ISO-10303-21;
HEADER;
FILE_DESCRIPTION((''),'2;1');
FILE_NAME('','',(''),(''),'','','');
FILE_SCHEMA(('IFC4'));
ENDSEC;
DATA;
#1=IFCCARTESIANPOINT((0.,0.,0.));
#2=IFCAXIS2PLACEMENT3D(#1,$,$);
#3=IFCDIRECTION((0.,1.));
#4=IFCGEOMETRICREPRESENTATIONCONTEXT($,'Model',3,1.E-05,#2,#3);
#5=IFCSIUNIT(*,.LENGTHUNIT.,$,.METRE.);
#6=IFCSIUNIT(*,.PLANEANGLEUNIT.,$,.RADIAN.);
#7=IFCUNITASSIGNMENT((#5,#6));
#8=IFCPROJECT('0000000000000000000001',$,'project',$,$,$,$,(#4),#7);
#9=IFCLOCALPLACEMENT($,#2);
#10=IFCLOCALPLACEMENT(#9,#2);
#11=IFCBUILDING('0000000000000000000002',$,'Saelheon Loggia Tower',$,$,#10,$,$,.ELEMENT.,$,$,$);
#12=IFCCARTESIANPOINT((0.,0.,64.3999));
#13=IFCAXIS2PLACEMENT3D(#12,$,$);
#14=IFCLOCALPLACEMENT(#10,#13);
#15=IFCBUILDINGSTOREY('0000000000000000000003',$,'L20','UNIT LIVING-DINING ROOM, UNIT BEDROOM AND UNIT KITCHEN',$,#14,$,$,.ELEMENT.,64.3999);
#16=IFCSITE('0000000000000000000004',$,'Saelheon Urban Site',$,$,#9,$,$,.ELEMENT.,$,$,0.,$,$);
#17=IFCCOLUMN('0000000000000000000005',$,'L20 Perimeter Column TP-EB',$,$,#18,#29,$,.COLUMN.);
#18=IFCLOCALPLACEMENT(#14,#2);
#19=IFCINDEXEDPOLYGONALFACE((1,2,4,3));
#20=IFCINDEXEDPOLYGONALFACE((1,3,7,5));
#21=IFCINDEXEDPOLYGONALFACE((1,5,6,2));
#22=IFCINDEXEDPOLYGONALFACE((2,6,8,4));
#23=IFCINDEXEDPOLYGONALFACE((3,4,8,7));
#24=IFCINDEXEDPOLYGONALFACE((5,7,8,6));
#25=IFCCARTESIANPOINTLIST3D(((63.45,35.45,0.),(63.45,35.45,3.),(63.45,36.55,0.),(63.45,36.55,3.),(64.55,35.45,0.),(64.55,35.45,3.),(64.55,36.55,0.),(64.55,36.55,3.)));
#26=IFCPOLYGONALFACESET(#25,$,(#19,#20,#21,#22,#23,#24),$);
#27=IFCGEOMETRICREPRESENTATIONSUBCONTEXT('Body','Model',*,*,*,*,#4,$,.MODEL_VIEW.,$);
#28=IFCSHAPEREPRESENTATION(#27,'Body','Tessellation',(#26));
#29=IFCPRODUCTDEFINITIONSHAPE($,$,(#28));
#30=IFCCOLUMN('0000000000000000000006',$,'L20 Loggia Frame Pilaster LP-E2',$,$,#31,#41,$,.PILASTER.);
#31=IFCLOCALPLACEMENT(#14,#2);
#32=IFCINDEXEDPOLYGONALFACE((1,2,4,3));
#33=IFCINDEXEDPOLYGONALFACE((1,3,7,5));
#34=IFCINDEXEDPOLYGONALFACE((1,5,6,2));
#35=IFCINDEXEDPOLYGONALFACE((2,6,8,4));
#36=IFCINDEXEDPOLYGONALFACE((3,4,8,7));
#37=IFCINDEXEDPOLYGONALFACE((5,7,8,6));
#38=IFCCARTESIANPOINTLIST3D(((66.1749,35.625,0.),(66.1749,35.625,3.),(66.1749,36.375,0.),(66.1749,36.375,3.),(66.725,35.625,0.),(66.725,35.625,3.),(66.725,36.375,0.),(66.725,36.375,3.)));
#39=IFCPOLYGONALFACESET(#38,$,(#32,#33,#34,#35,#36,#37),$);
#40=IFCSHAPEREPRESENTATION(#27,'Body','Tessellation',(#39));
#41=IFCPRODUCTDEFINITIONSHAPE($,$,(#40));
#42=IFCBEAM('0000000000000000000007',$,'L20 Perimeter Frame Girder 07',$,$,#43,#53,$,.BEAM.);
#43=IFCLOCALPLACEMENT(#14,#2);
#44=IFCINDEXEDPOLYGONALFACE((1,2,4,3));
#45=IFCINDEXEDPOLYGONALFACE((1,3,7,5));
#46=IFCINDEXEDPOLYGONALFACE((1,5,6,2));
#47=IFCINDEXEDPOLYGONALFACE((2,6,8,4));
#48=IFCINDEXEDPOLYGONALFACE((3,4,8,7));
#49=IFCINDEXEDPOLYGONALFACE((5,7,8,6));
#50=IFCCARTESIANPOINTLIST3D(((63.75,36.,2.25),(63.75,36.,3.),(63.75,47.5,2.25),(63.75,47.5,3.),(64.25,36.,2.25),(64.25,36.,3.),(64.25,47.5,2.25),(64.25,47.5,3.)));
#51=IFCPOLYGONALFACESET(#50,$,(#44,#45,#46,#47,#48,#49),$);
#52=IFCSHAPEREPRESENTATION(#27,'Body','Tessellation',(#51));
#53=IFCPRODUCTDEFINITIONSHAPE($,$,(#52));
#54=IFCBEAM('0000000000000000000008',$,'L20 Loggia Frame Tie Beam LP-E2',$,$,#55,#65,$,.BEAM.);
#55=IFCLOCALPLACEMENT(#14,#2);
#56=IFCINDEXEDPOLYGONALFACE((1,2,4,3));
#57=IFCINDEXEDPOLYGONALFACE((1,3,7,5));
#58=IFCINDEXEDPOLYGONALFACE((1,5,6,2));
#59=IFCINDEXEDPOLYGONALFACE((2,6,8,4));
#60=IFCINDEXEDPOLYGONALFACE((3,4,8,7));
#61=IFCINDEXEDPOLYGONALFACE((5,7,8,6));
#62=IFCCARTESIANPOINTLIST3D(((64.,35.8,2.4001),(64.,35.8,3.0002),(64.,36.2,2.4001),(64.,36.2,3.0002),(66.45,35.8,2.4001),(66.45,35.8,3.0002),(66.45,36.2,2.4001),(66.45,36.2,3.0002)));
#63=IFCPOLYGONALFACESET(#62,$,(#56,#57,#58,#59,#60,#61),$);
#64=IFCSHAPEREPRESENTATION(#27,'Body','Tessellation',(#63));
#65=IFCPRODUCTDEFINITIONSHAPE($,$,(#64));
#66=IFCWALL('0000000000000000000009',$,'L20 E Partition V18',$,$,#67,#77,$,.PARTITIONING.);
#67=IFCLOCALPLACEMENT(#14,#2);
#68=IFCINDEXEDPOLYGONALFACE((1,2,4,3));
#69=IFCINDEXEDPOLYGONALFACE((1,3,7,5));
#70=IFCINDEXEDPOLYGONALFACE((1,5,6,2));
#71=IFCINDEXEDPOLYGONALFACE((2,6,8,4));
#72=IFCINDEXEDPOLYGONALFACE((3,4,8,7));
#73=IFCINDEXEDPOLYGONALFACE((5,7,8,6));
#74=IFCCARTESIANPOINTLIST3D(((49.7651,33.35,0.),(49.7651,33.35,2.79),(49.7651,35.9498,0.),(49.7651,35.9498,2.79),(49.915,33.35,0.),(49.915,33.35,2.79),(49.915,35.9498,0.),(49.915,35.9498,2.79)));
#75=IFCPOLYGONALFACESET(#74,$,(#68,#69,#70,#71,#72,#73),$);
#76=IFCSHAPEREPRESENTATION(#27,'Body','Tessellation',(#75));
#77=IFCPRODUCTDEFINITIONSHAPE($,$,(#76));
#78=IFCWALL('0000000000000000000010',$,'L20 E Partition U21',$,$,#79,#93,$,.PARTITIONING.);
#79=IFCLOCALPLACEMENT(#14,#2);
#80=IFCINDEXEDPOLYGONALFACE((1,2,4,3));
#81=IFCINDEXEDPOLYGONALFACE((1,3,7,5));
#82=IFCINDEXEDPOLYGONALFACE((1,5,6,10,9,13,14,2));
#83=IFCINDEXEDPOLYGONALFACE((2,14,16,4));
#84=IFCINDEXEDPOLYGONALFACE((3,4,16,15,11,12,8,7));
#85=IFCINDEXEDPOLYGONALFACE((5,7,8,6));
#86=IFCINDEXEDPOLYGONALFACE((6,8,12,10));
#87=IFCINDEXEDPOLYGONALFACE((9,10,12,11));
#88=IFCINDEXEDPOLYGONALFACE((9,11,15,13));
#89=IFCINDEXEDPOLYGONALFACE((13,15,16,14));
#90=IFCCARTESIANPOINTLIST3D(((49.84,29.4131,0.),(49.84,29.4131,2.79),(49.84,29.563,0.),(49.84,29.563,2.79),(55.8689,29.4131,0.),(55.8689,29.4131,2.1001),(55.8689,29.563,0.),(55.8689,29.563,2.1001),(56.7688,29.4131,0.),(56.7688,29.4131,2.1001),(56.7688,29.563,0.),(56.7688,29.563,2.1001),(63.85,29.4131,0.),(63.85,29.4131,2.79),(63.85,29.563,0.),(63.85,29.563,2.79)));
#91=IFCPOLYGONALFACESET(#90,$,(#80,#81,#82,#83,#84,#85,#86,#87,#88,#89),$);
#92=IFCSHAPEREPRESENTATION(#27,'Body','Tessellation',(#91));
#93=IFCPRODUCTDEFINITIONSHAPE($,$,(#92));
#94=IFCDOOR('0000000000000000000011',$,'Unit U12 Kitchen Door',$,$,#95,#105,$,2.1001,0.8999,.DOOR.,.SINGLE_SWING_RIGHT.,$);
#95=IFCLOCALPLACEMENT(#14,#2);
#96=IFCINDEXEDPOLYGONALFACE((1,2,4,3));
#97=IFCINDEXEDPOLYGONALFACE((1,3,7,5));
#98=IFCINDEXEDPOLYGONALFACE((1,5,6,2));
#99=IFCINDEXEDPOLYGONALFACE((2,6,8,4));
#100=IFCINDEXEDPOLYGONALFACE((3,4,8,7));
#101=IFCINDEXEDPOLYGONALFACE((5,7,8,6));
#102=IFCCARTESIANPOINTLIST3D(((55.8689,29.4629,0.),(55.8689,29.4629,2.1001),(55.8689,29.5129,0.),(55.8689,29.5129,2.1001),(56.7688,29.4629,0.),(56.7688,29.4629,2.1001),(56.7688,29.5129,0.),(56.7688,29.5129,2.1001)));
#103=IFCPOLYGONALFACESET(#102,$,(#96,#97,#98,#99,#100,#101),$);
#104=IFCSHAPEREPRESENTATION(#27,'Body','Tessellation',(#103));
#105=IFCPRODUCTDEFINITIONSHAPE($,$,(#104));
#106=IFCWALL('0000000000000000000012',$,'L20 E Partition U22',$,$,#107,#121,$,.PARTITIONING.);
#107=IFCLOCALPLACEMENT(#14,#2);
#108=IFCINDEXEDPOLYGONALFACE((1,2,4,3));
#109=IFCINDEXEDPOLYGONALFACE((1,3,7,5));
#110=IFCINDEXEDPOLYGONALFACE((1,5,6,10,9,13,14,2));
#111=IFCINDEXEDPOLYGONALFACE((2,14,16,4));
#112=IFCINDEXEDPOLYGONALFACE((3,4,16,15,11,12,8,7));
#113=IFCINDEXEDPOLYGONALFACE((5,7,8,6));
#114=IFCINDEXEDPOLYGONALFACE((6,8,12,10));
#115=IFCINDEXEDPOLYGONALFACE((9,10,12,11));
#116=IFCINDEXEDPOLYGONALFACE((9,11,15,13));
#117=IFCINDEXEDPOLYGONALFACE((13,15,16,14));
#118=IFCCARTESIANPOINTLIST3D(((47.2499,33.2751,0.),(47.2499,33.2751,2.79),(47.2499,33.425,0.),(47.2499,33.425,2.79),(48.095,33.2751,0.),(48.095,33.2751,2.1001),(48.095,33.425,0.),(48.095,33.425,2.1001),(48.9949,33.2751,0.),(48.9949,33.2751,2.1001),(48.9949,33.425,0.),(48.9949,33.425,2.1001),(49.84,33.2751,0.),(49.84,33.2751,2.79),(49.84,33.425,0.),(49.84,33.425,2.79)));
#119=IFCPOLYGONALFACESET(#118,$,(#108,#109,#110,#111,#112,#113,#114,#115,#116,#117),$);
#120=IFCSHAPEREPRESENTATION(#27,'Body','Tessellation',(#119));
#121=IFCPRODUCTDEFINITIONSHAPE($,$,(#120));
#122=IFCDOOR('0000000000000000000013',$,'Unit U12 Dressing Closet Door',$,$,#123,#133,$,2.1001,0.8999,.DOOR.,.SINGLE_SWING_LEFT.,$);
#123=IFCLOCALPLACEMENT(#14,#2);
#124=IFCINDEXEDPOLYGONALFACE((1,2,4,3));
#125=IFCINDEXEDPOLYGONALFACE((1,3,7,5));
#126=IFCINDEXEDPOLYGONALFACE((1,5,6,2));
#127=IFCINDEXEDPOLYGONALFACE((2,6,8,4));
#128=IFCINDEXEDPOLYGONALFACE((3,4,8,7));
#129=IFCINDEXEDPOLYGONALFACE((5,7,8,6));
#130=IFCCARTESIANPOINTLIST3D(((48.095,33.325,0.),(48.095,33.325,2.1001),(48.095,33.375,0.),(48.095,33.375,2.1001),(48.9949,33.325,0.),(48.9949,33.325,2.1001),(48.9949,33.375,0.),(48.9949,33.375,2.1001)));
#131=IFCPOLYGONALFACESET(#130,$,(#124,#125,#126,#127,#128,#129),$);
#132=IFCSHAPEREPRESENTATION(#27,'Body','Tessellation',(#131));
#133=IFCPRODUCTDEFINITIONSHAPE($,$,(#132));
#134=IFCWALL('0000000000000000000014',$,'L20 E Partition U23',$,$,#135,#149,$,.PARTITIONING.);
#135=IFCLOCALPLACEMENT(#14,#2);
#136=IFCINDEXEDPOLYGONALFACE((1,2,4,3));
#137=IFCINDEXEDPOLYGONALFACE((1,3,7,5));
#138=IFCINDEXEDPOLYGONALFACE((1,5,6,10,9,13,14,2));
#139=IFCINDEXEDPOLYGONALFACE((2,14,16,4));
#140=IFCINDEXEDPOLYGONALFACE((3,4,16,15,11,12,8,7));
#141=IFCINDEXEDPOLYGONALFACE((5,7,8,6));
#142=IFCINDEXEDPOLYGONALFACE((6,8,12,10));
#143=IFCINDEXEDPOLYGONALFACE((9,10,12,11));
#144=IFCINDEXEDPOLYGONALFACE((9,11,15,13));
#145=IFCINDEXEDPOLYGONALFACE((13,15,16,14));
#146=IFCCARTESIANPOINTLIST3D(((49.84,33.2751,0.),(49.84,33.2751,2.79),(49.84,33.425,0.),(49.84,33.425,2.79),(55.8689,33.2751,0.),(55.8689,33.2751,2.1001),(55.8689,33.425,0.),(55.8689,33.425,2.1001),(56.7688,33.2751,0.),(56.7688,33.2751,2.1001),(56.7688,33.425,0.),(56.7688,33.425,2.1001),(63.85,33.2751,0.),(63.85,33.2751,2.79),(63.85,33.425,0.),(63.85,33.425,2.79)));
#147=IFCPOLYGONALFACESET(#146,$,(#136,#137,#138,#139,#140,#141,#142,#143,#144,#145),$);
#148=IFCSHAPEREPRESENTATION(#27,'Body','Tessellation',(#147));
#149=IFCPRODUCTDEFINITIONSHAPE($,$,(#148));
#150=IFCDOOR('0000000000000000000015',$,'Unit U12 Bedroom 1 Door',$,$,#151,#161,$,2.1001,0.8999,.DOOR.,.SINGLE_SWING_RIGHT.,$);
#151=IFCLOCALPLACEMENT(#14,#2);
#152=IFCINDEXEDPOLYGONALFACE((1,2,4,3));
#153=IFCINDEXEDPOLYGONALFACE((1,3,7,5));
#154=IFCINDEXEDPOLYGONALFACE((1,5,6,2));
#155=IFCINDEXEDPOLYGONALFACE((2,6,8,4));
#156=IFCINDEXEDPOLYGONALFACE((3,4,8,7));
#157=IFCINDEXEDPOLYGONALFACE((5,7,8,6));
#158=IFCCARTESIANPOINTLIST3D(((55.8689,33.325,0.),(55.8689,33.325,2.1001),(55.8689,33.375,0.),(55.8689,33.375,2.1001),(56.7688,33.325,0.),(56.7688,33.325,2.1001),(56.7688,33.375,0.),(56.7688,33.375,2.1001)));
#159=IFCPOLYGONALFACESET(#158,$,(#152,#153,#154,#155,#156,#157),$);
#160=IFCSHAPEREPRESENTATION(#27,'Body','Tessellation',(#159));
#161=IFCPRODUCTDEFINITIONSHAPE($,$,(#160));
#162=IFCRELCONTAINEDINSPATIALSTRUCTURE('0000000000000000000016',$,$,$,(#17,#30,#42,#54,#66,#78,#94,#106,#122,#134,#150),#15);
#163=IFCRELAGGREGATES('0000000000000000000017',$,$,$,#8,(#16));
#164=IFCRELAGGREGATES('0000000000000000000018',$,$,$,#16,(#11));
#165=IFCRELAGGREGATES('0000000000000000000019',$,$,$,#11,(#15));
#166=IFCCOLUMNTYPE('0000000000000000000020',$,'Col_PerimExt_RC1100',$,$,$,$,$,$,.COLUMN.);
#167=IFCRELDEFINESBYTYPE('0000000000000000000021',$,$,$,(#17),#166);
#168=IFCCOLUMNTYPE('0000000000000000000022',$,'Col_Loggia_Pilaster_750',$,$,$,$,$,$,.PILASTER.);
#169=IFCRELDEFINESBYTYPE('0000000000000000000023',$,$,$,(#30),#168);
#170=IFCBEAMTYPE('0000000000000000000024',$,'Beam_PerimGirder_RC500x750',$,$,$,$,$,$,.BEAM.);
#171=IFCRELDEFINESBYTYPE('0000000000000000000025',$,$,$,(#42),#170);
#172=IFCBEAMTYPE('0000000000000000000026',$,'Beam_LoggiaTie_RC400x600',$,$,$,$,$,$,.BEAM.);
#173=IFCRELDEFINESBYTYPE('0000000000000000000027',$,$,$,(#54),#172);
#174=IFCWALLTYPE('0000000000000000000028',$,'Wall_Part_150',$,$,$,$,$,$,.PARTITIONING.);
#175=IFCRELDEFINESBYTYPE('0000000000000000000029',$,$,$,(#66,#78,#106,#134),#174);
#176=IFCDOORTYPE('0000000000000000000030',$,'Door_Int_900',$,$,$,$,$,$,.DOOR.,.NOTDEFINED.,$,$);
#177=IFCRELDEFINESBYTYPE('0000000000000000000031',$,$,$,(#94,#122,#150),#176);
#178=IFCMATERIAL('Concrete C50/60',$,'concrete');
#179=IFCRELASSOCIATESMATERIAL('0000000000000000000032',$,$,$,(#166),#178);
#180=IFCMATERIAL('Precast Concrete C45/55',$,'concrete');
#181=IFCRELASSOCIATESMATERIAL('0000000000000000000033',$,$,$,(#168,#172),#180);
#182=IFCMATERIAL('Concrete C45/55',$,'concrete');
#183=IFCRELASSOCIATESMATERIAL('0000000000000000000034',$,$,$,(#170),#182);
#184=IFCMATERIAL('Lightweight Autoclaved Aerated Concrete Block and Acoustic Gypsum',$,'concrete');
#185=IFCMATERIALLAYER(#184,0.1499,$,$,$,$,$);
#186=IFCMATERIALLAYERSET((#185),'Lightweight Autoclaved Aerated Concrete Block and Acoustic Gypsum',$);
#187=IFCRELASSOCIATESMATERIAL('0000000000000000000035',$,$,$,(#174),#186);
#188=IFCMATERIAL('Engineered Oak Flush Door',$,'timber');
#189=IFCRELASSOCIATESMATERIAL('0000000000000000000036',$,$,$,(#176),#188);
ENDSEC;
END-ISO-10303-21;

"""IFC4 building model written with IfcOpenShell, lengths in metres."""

from ifc_helpers import new_model, si_unit, direction, frame, frame_2d, origin, origin_2d, place, context, subcontext, project, spatial, rectangle, extrude, source, transform, mapped, material, layer, layer_set, material_profile, profile_set, type_object, element, fill, save


model = new_model("IFC4")

# Units and contexts
model_context = context("Model", 3, precision=1e-05, world=origin(), true_north=direction((0.0, 1.0)))
body_context = subcontext(model_context, "Body", "Model", "MODEL_VIEW")
ifc_project = project(units=[si_unit("LENGTHUNIT", "METRE"), si_unit("PLANEANGLEUNIT", "RADIAN")], contexts=[model_context])

# Site, building, storey
site_placement = place(None, origin())
site = spatial("IfcSite", under=ifc_project, at=site_placement, Name="Saelheon Urban Site", CompositionType="ELEMENT", RefElevation=0.0)
building_placement = place(site_placement, origin())
building = spatial("IfcBuilding", under=site, at=building_placement, Name="Saelheon Loggia Tower", CompositionType="ELEMENT")
storey_placement = place(building_placement, frame((0.0, 0.0, 64.3999)))
storey = spatial("IfcBuildingStorey", under=building, at=storey_placement, Name="L20", Description="UNIT LIVING-DINING ROOM, UNIT BEDROOM AND UNIT KITCHEN", CompositionType="ELEMENT", Elevation=64.3999)

# Columns
ifc_material_1 = material(Name="Concrete C50/60", Category="concrete")
ifc_material_profile_1 = material_profile(ifc_material_1, rectangle(XDim=1.1001, YDim=1.1001, at=origin_2d()), Name="RC-1100x1100")
ifc_profile_set_1 = profile_set([ifc_material_profile_1], Name="Concrete C50/60")
column_type_1 = type_object("IfcColumnType", Name="Col_PerimExt_RC1100", PredefinedType="COLUMN", material=ifc_profile_set_1)
shared_shape_1 = source(origin(), body_context, "Body", "SweptSolid", [
    extrude(rectangle(XDim=1.1001, YDim=1.1001, at=origin_2d()), origin(), (0.0, 0.0, 1.0), 3.0),
])
column_1_placement = place(storey_placement, frame((64.0, 36.0, 0.0), z_axis=(0.0, 0.0, 1.0), x_axis=(1.0, 0.0, 0.0)))
element("IfcColumn", 1, at=column_1_placement, inside=storey, type_object=column_type_1, Name="L20 Perimeter Column TP-EB", PredefinedType="COLUMN", context=body_context, shape_type="MappedRepresentation", body=[
    mapped(shared_shape_1, transform((0.0, 0.0, 0.0), scale=1.0)),
])
ifc_material_2 = material(Name="Precast Concrete C45/55", Category="concrete")
ifc_material_profile_2 = material_profile(ifc_material_2, rectangle(XDim=0.55, YDim=0.75, at=origin_2d()), Name="RC-550x750")
ifc_profile_set_2 = profile_set([ifc_material_profile_2], Name="Precast Concrete C45/55")
column_type_2 = type_object("IfcColumnType", Name="Col_Loggia_Pilaster_750", PredefinedType="PILASTER", material=ifc_profile_set_2)
shared_shape_2 = source(origin(), body_context, "Body", "SweptSolid", [
    extrude(rectangle(XDim=0.55, YDim=0.75, at=origin_2d()), origin(), (0.0, 0.0, 1.0), 3.0),
])
column_2_placement = place(storey_placement, frame((66.45, 36.0, 0.0), z_axis=(0.0, 0.0, 1.0), x_axis=(1.0, 0.0, 0.0)))
element("IfcColumn", 2, at=column_2_placement, inside=storey, type_object=column_type_2, Name="L20 Loggia Frame Pilaster LP-E2", PredefinedType="PILASTER", context=body_context, shape_type="MappedRepresentation", body=[
    mapped(shared_shape_2, transform((0.0, 0.0, 0.0), scale=1.0)),
])

# Beams
ifc_material_3 = material(Name="Concrete C45/55", Category="concrete")
ifc_material_profile_3 = material_profile(ifc_material_3, rectangle(XDim=0.5, YDim=0.75, at=origin_2d()), Name="RC-500x750")
ifc_profile_set_3 = profile_set([ifc_material_profile_3], Name="Concrete C45/55")
beam_type_1 = type_object("IfcBeamType", Name="Beam_PerimGirder_RC500x750", PredefinedType="BEAM", material=ifc_profile_set_3)
shared_shape_3 = source(origin(), body_context, "Body", "SweptSolid", [
    extrude(rectangle(XDim=0.5, YDim=0.75, at=origin_2d()), origin(), (0.0, 0.0, 1.0), 11.5),
])
beam_1_placement = place(storey_placement, frame((64.0, 36.0, 2.625), z_axis=(0.0, 1.0, 0.0), x_axis=(-1.0, 0.0, 0.0)))
element("IfcBeam", 3, at=beam_1_placement, inside=storey, type_object=beam_type_1, Name="L20 Perimeter Frame Girder 07", PredefinedType="BEAM", context=body_context, shape_type="MappedRepresentation", body=[
    mapped(shared_shape_3, transform((0.0, 0.0, 0.0), scale=1.0)),
])
ifc_material_profile_4 = material_profile(ifc_material_2, rectangle(XDim=0.3999, YDim=0.6001, at=origin_2d()), Name="RC-400x600")
ifc_profile_set_4 = profile_set([ifc_material_profile_4], Name="Precast Concrete C45/55")
beam_type_2 = type_object("IfcBeamType", Name="Beam_LoggiaTie_RC400x600", PredefinedType="BEAM", material=ifc_profile_set_4)
shared_shape_4 = source(origin(), body_context, "Body", "SweptSolid", [
    extrude(rectangle(XDim=0.3999, YDim=0.6001, at=origin_2d()), origin(), (0.0, 0.0, 1.0), 2.45),
])
beam_2_placement = place(storey_placement, frame((64.0, 36.0, 2.7002), z_axis=(1.0, 0.0, 0.0), x_axis=(0.0, 1.0, 0.0)))
element("IfcBeam", 4, at=beam_2_placement, inside=storey, type_object=beam_type_2, Name="L20 Loggia Frame Tie Beam LP-E2", PredefinedType="BEAM", context=body_context, shape_type="MappedRepresentation", body=[
    mapped(shared_shape_4, transform((0.0, 0.0, 0.0), scale=1.0)),
])

# Wall
ifc_material_4 = material(Name="Lightweight Autoclaved Aerated Concrete Block and Acoustic Gypsum", Category="concrete")
ifc_layer_1 = layer(ifc_material_4, 0.1499)
ifc_layer_set_1 = layer_set([ifc_layer_1], Name="Lightweight Autoclaved Aerated Concrete Block and Acoustic Gypsum")
wall_type_1 = type_object("IfcWallType", Name="Wall_Part_150", PredefinedType="PARTITIONING", material=ifc_layer_set_1)
wall_1_placement = place(storey_placement, frame((49.8401, 33.3501, 0.0), z_axis=(0.0, 0.0, 1.0), x_axis=(0.0, 1.0, 0.0)))
element("IfcWall", 5, at=wall_1_placement, inside=storey, type_object=wall_type_1, Name="L20 E Partition V18", PredefinedType="PARTITIONING", context=body_context, shape_type="SweptSolid", body=[
    extrude(rectangle(XDim=2.5999, YDim=0.1499, at=frame_2d((1.2998, 0.0))), origin(), (0.0, 0.0, 1.0), 2.79),
])

# Walls, openings, doors
wall_2_placement = place(storey_placement, frame((49.8401, 29.488, 0.0), z_axis=(0.0, 0.0, 1.0), x_axis=(1.0, 0.0, 0.0)))
wall_2 = element("IfcWall", 6, at=wall_2_placement, inside=storey, type_object=wall_type_1, Name="L20 E Partition U21", PredefinedType="PARTITIONING", context=body_context, shape_type="SweptSolid", body=[
    extrude(rectangle(XDim=14.01, YDim=0.1499, at=frame_2d((7.0049, 0.0))), origin(), (0.0, 0.0, 1.0), 2.79),
])
opening_1_placement = place(wall_2_placement, frame((6.0288, 0.0, 0.0)))
opening_1 = element("IfcOpeningElement", 7, at=opening_1_placement, cuts=wall_2, PredefinedType="OPENING", context=body_context, shape_type="SweptSolid", body=[
    extrude(rectangle(XDim=0.8999, YDim=2.1001, at=frame_2d((0.45, 1.05))), frame((0.0, 0.0869, 0.0), z_axis=(0.0, -1.0, 0.0), x_axis=(1.0, 0.0, 0.0)), (0.0, 0.0, 1.0), 0.1738),
])
ifc_material_5 = material(Name="Engineered Oak Flush Door", Category="timber")
door_type_1 = type_object("IfcDoorType", Name="Door_Int_900", OperationType="NOTDEFINED", PredefinedType="DOOR", material=ifc_material_5)
shared_shape_5 = source(origin(), body_context, "Body", "SweptSolid", [
    extrude(rectangle(XDim=0.8999, YDim=2.1001, at=frame_2d((0.45, 1.05))), frame((0.0, 0.0249, 0.0), z_axis=(0.0, -1.0, 0.0), x_axis=(1.0, 0.0, 0.0)), (0.0, 0.0, 1.0), 0.05),
])
door_1_placement = place(opening_1_placement, origin())
door_1 = element("IfcDoor", 8, at=door_1_placement, inside=storey, type_object=door_type_1, Name="Unit U12 Kitchen Door", OperationType="SINGLE_SWING_RIGHT", OverallHeight=2.1001, OverallWidth=0.8999, PredefinedType="DOOR", context=body_context, shape_type="MappedRepresentation", body=[
    mapped(shared_shape_5, transform((0.0, 0.0, 0.0), scale=1.0)),
])
fill(opening_1, door_1)
wall_3_placement = place(storey_placement, frame((47.25, 33.3501, 0.0), z_axis=(0.0, 0.0, 1.0), x_axis=(1.0, 0.0, 0.0)))
wall_3 = element("IfcWall", 9, at=wall_3_placement, inside=storey, type_object=wall_type_1, Name="L20 E Partition U22", PredefinedType="PARTITIONING", context=body_context, shape_type="SweptSolid", body=[
    extrude(rectangle(XDim=2.5901, YDim=0.1499, at=frame_2d((1.2949, 0.0))), origin(), (0.0, 0.0, 1.0), 2.79),
])
opening_2_placement = place(wall_3_placement, frame((0.845, 0.0, 0.0)))
opening_2 = element("IfcOpeningElement", 10, at=opening_2_placement, cuts=wall_3, PredefinedType="OPENING", context=body_context, shape_type="SweptSolid", body=[
    extrude(rectangle(XDim=0.8999, YDim=2.1001, at=frame_2d((0.45, 1.05))), frame((0.0, 0.0869, 0.0), z_axis=(0.0, -1.0, 0.0), x_axis=(1.0, 0.0, 0.0)), (0.0, 0.0, 1.0), 0.1738),
])
door_2_placement = place(opening_2_placement, origin())
door_2 = element("IfcDoor", 11, at=door_2_placement, inside=storey, type_object=door_type_1, Name="Unit U12 Dressing Closet Door", OperationType="SINGLE_SWING_LEFT", OverallHeight=2.1001, OverallWidth=0.8999, PredefinedType="DOOR", context=body_context, shape_type="MappedRepresentation", body=[
    mapped(shared_shape_5, transform((0.0, 0.0, 0.0), scale=1.0)),
])
fill(opening_2, door_2)
wall_4_placement = place(storey_placement, frame((49.8401, 33.3501, 0.0), z_axis=(0.0, 0.0, 1.0), x_axis=(1.0, 0.0, 0.0)))
wall_4 = element("IfcWall", 12, at=wall_4_placement, inside=storey, type_object=wall_type_1, Name="L20 E Partition U23", PredefinedType="PARTITIONING", context=body_context, shape_type="SweptSolid", body=[
    extrude(rectangle(XDim=14.01, YDim=0.1499, at=frame_2d((7.0049, 0.0))), origin(), (0.0, 0.0, 1.0), 2.79),
])
opening_3_placement = place(wall_4_placement, frame((6.0288, 0.0, 0.0)))
opening_3 = element("IfcOpeningElement", 13, at=opening_3_placement, cuts=wall_4, PredefinedType="OPENING", context=body_context, shape_type="SweptSolid", body=[
    extrude(rectangle(XDim=0.8999, YDim=2.1001, at=frame_2d((0.45, 1.05))), frame((0.0, 0.0869, 0.0), z_axis=(0.0, -1.0, 0.0), x_axis=(1.0, 0.0, 0.0)), (0.0, 0.0, 1.0), 0.1738),
])
door_3_placement = place(opening_3_placement, origin())
door_3 = element("IfcDoor", 14, at=door_3_placement, inside=storey, type_object=door_type_1, Name="Unit U12 Bedroom 1 Door", OperationType="SINGLE_SWING_RIGHT", OverallHeight=2.1001, OverallWidth=0.8999, PredefinedType="DOOR", context=body_context, shape_type="MappedRepresentation", body=[
    mapped(shared_shape_5, transform((0.0, 0.0, 0.0), scale=1.0)),
])
fill(opening_3, door_3)

save(model, "model.ifc")
